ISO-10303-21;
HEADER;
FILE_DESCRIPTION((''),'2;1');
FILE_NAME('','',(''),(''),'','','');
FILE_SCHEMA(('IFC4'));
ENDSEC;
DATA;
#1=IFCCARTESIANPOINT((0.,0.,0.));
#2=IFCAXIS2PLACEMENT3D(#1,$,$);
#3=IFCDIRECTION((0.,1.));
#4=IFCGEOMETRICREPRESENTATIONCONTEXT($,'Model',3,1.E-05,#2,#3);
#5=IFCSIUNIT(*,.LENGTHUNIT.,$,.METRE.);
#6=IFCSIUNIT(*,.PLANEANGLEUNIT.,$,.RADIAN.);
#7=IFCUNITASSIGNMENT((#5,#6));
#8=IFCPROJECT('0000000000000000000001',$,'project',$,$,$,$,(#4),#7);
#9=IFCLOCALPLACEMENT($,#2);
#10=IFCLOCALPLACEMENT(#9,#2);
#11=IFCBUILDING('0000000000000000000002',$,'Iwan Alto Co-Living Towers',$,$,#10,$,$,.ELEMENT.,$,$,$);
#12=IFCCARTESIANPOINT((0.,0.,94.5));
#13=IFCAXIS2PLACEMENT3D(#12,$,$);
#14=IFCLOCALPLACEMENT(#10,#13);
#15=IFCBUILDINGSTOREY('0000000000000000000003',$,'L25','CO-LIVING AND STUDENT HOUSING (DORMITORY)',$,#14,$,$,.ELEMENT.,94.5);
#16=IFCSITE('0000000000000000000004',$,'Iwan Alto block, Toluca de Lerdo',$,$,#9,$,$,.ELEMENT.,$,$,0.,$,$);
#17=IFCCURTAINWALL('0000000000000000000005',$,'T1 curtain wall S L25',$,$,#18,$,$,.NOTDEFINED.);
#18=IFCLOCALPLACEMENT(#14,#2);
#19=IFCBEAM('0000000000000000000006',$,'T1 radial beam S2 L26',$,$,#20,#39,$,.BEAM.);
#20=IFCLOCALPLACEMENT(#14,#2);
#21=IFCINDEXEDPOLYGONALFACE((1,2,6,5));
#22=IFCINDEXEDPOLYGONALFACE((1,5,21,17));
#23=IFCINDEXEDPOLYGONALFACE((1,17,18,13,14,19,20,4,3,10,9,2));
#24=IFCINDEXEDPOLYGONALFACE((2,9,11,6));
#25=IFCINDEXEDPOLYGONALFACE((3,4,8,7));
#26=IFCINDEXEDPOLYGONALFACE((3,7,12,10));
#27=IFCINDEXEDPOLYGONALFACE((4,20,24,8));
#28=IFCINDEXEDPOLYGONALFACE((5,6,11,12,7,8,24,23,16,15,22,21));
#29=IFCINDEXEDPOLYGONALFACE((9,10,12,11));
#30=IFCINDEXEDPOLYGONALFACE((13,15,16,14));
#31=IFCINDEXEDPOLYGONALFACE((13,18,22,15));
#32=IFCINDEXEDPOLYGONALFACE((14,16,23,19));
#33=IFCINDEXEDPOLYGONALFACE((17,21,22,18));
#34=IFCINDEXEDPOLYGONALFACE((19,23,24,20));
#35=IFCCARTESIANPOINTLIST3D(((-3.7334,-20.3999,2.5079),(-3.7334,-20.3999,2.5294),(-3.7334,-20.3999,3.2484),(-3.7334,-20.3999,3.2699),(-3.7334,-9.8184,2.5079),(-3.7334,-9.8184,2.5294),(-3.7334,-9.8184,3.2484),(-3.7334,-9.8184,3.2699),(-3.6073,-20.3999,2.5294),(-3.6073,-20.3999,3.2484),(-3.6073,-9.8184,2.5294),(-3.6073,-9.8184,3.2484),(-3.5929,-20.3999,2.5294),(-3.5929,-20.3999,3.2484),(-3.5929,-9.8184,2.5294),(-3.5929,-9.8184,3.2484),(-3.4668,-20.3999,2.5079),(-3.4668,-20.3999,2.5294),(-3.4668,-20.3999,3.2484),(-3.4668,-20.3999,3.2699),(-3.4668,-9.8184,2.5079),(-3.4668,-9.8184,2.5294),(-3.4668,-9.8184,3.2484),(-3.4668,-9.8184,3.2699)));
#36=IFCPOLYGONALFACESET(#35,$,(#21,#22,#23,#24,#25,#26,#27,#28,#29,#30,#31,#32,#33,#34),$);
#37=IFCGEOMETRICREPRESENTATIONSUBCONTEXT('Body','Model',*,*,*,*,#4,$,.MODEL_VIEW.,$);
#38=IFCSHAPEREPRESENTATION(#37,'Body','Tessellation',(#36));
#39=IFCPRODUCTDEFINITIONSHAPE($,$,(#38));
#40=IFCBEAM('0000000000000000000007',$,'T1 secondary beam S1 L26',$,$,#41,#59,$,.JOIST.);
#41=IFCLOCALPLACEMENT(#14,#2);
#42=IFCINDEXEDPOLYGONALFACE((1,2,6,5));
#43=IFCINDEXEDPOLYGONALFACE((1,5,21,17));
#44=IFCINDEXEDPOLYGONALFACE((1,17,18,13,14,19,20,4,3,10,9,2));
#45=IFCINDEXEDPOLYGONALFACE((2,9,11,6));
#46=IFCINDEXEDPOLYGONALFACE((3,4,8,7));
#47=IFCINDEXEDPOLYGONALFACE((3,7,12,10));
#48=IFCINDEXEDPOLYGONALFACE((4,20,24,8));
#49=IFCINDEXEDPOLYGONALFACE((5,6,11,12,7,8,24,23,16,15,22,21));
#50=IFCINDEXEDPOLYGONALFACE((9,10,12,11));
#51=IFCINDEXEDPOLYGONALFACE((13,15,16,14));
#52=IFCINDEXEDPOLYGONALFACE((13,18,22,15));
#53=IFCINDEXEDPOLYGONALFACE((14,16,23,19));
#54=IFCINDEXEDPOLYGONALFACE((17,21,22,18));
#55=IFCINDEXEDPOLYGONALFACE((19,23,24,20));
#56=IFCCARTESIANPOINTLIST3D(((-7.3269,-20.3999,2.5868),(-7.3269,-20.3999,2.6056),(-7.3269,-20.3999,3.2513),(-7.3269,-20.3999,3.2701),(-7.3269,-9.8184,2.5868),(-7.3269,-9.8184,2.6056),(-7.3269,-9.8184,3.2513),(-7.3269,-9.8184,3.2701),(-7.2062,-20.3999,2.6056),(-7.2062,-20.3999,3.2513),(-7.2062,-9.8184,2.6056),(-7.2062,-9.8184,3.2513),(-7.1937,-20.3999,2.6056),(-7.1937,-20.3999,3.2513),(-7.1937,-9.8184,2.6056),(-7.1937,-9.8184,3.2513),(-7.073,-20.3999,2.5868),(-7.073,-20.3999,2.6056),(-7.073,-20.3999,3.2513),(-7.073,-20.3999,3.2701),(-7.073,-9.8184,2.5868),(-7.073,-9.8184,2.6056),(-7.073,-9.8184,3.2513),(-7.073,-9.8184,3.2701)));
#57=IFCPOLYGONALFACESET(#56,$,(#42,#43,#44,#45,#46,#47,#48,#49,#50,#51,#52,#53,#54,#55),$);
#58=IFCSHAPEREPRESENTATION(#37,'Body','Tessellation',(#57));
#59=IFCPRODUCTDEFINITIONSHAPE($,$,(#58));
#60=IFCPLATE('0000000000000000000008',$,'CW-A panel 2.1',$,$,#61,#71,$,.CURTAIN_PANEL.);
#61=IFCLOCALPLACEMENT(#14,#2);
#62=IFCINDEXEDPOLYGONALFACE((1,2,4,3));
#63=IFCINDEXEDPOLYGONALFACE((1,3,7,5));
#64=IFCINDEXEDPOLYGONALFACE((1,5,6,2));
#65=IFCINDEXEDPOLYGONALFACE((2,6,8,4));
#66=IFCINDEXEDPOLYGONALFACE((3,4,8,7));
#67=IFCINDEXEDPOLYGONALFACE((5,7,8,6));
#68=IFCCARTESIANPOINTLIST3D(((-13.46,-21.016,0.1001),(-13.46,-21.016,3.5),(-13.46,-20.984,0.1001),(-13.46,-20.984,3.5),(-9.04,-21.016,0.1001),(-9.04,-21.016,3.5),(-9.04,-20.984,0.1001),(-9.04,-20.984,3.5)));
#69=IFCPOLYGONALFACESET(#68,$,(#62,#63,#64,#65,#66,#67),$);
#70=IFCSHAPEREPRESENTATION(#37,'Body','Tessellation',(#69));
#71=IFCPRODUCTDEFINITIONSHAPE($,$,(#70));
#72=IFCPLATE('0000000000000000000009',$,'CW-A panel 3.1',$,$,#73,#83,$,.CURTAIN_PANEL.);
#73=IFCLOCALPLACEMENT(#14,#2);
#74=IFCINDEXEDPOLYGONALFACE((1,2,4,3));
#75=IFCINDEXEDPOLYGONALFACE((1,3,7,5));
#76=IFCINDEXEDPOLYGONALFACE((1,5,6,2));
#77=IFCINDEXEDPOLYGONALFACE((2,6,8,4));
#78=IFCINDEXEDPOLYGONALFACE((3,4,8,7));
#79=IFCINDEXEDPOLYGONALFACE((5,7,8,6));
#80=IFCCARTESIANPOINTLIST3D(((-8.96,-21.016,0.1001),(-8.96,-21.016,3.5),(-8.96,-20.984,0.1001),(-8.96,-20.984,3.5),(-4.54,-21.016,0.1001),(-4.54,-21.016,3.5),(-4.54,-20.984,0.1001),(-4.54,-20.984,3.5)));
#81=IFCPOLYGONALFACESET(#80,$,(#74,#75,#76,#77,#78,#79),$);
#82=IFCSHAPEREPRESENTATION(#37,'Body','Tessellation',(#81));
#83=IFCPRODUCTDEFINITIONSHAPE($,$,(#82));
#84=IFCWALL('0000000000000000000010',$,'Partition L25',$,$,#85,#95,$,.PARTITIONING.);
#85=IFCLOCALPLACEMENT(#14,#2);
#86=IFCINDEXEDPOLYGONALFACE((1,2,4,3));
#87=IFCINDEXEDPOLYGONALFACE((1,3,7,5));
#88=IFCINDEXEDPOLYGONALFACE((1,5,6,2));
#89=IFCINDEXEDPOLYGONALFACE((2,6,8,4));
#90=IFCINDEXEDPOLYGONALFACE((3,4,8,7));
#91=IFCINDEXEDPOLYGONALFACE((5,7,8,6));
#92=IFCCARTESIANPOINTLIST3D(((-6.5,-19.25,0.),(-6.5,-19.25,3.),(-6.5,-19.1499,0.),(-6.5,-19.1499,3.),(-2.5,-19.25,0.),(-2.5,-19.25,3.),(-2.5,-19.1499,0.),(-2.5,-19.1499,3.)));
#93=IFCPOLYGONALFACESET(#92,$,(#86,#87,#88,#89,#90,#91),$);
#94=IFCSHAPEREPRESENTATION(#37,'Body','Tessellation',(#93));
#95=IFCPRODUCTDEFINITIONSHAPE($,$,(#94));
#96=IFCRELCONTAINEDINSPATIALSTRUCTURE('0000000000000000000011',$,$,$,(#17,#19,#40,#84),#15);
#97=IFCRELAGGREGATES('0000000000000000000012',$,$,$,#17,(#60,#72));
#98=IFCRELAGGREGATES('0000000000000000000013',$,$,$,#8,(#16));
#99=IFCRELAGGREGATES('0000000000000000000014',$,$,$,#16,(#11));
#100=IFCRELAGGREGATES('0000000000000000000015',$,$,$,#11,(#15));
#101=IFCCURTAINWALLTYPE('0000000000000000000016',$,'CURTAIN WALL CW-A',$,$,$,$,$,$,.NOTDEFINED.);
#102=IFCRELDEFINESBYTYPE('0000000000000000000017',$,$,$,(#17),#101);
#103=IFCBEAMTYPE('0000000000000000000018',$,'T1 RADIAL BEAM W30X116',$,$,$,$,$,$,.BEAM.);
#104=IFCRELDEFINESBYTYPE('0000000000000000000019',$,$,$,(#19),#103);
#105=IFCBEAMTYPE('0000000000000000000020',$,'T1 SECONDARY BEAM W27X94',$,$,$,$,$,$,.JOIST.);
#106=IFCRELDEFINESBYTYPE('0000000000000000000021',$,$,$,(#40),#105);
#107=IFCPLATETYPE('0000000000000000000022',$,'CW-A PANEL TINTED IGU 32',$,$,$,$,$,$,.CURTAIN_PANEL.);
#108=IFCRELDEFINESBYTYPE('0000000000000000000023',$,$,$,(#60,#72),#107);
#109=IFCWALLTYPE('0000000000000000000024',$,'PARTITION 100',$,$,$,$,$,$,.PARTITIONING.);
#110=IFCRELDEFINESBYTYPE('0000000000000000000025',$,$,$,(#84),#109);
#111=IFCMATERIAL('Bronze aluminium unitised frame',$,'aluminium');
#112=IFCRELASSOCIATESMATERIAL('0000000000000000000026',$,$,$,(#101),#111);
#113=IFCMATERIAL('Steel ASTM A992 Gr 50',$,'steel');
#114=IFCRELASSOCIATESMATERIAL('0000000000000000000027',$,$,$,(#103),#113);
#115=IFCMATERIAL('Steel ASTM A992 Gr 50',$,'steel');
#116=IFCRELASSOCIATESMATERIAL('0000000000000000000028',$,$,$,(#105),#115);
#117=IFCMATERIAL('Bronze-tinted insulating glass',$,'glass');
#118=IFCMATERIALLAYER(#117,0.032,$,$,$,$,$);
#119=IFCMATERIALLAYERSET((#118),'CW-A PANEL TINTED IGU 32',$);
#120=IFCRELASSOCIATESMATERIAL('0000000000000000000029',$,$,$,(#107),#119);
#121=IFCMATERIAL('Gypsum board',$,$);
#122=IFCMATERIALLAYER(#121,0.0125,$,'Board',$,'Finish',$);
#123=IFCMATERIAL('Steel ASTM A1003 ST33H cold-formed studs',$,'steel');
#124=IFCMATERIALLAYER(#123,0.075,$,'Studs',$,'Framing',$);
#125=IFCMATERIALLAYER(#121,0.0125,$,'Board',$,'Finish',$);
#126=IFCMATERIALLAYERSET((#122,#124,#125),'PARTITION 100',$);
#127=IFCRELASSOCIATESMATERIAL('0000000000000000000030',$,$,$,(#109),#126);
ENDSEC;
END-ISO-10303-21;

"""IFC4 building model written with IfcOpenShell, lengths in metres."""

from ifc_helpers import new_model, si_unit, direction, frame, frame_2d, origin, origin_2d, place, context, subcontext, project, spatial, rectangle, i_section, extrude, material, layer, layer_set, material_profile, profile_set, type_object, element, aggregate, save


model = new_model("IFC4")

# Units and contexts
model_context = context("Model", 3, precision=1e-05, world=origin(), true_north=direction((0.0, 1.0)))
body_context = subcontext(model_context, "Body", "Model", "MODEL_VIEW")
ifc_project = project(units=[si_unit("LENGTHUNIT", "METRE"), si_unit("PLANEANGLEUNIT", "RADIAN")], contexts=[model_context])

# Site, building, storey
site_placement = place(None, origin())
site = spatial("IfcSite", under=ifc_project, at=site_placement, Name="Iwan Alto block, Toluca de Lerdo", CompositionType="ELEMENT", RefElevation=0.0)
building_placement = place(site_placement, origin())
building = spatial("IfcBuilding", under=site, at=building_placement, Name="Iwan Alto Co-Living Towers", CompositionType="ELEMENT")
storey_placement = place(building_placement, frame((0.0, 0.0, 94.5)))
storey = spatial("IfcBuildingStorey", under=building, at=storey_placement, Name="L25", Description="CO-LIVING AND STUDENT HOUSING (DORMITORY)", CompositionType="ELEMENT", Elevation=94.5)

# Curtain wall
ifc_material_1 = material(Name="Bronze aluminium unitised frame", Category="aluminium")
curtain_wall_type = type_object("IfcCurtainWallType", Name="CURTAIN WALL CW-A", PredefinedType="NOTDEFINED", material=ifc_material_1)
curtain_wall_placement = place(storey_placement, origin())
curtain_wall = element("IfcCurtainWall", 1, at=curtain_wall_placement, inside=storey, type_object=curtain_wall_type, Name="T1 curtain wall S L25", PredefinedType="NOTDEFINED")

# Beams
ifc_material_2 = material(Name="Steel ASTM A992 Gr 50", Category="steel")
ifc_material_profile_1 = material_profile(ifc_material_2, i_section(OverallWidth=0.2666, OverallDepth=0.762, WebThickness=0.0144, FlangeThickness=0.0215, at=origin_2d()), Name="W30X116")
ifc_profile_set_1 = profile_set([ifc_material_profile_1], Name="Steel ASTM A992 Gr 50")
beam_type_1 = type_object("IfcBeamType", Name="T1 RADIAL BEAM W30X116", PredefinedType="BEAM", material=ifc_profile_set_1)
beam_1_placement = place(storey_placement, frame((-3.6001, -20.3999, 2.8889), z_axis=(0.0, 1.0, 0.0), x_axis=(-1.0, 0.0, 0.0)))
element("IfcBeam", 2, at=beam_1_placement, inside=storey, type_object=beam_type_1, Name="T1 radial beam S2 L26", PredefinedType="BEAM", context=body_context, shape_type="SweptSolid", body=[
    extrude(i_section(OverallWidth=0.2666, OverallDepth=0.762, WebThickness=0.0144, FlangeThickness=0.0215, at=origin_2d()), origin(), (0.0, 0.0, 1.0), 10.5815),
])
ifc_material_3 = material(Name="Steel ASTM A992 Gr 50", Category="steel")
ifc_material_profile_2 = material_profile(ifc_material_3, i_section(OverallWidth=0.2539, OverallDepth=0.6833, WebThickness=0.0125, FlangeThickness=0.0188, at=origin_2d()), Name="W27X94")
ifc_profile_set_2 = profile_set([ifc_material_profile_2], Name="Steel ASTM A992 Gr 50")
beam_type_2 = type_object("IfcBeamType", Name="T1 SECONDARY BEAM W27X94", PredefinedType="JOIST", material=ifc_profile_set_2)
beam_2_placement = place(storey_placement, frame((-7.2, -20.3999, 2.9285), z_axis=(0.0, 1.0, 0.0), x_axis=(-1.0, 0.0, 0.0)))
element("IfcBeam", 3, at=beam_2_placement, inside=storey, type_object=beam_type_2, Name="T1 secondary beam S1 L26", PredefinedType="JOIST", context=body_context, shape_type="SweptSolid", body=[
    extrude(i_section(OverallWidth=0.2539, OverallDepth=0.6833, WebThickness=0.0125, FlangeThickness=0.0188, at=origin_2d()), origin(), (0.0, 0.0, 1.0), 10.5815),
])

# Plates
ifc_material_4 = material(Name="Bronze-tinted insulating glass", Category="glass")
ifc_layer_1 = layer(ifc_material_4, 0.032)
ifc_layer_set_1 = layer_set([ifc_layer_1], Name="CW-A PANEL TINTED IGU 32")
plate_type = type_object("IfcPlateType", Name="CW-A PANEL TINTED IGU 32", PredefinedType="CURTAIN_PANEL", material=ifc_layer_set_1)
plate_1_placement = place(storey_placement, frame((-11.25, -21.0, 0.1001), z_axis=(0.0, 0.0, 1.0), x_axis=(1.0, 0.0, 0.0)))
plate_1 = element("IfcPlate", 4, at=plate_1_placement, type_object=plate_type, Name="CW-A panel 2.1", PredefinedType="CURTAIN_PANEL", context=body_context, shape_type="SweptSolid", body=[
    extrude(rectangle(XDim=4.4199, YDim=0.032, at=origin_2d()), origin(), (0.0, 0.0, 1.0), 3.3999),
])
plate_2_placement = place(storey_placement, frame((-6.75, -21.0, 0.1001), z_axis=(0.0, 0.0, 1.0), x_axis=(1.0, 0.0, 0.0)))
plate_2 = element("IfcPlate", 5, at=plate_2_placement, type_object=plate_type, Name="CW-A panel 3.1", PredefinedType="CURTAIN_PANEL", context=body_context, shape_type="SweptSolid", body=[
    extrude(rectangle(XDim=4.4199, YDim=0.032, at=origin_2d()), origin(), (0.0, 0.0, 1.0), 3.3999),
])
aggregate(curtain_wall, [plate_1, plate_2])

# Wall
ifc_material_5 = material(Name="Gypsum board")
ifc_layer_2 = layer(ifc_material_5, 0.0125, Name="Board", Category="Finish")
ifc_material_6 = material(Name="Steel ASTM A1003 ST33H cold-formed studs", Category="steel")
ifc_layer_3 = layer(ifc_material_6, 0.075, Name="Studs", Category="Framing")
ifc_layer_4 = layer(ifc_material_5, 0.0125, Name="Board", Category="Finish")
ifc_layer_set_2 = layer_set([ifc_layer_2, ifc_layer_3, ifc_layer_4], Name="PARTITION 100")
wall_type_1 = type_object("IfcWallType", Name="PARTITION 100", PredefinedType="PARTITIONING", material=ifc_layer_set_2)
wall_1_placement = place(storey_placement, frame((-6.5, -19.2, 0.0), z_axis=(0.0, 0.0, 1.0), x_axis=(1.0, 0.0, 0.0)))
element("IfcWall", 6, at=wall_1_placement, inside=storey, type_object=wall_type_1, Name="Partition L25", PredefinedType="PARTITIONING", context=body_context, shape_type="SweptSolid", body=[
    extrude(rectangle(XDim=4.0, YDim=0.1001, at=frame_2d((2.0, 0.0))), origin(), (0.0, 0.0, 1.0), 3.0),
])

save(model, "model.ifc")
